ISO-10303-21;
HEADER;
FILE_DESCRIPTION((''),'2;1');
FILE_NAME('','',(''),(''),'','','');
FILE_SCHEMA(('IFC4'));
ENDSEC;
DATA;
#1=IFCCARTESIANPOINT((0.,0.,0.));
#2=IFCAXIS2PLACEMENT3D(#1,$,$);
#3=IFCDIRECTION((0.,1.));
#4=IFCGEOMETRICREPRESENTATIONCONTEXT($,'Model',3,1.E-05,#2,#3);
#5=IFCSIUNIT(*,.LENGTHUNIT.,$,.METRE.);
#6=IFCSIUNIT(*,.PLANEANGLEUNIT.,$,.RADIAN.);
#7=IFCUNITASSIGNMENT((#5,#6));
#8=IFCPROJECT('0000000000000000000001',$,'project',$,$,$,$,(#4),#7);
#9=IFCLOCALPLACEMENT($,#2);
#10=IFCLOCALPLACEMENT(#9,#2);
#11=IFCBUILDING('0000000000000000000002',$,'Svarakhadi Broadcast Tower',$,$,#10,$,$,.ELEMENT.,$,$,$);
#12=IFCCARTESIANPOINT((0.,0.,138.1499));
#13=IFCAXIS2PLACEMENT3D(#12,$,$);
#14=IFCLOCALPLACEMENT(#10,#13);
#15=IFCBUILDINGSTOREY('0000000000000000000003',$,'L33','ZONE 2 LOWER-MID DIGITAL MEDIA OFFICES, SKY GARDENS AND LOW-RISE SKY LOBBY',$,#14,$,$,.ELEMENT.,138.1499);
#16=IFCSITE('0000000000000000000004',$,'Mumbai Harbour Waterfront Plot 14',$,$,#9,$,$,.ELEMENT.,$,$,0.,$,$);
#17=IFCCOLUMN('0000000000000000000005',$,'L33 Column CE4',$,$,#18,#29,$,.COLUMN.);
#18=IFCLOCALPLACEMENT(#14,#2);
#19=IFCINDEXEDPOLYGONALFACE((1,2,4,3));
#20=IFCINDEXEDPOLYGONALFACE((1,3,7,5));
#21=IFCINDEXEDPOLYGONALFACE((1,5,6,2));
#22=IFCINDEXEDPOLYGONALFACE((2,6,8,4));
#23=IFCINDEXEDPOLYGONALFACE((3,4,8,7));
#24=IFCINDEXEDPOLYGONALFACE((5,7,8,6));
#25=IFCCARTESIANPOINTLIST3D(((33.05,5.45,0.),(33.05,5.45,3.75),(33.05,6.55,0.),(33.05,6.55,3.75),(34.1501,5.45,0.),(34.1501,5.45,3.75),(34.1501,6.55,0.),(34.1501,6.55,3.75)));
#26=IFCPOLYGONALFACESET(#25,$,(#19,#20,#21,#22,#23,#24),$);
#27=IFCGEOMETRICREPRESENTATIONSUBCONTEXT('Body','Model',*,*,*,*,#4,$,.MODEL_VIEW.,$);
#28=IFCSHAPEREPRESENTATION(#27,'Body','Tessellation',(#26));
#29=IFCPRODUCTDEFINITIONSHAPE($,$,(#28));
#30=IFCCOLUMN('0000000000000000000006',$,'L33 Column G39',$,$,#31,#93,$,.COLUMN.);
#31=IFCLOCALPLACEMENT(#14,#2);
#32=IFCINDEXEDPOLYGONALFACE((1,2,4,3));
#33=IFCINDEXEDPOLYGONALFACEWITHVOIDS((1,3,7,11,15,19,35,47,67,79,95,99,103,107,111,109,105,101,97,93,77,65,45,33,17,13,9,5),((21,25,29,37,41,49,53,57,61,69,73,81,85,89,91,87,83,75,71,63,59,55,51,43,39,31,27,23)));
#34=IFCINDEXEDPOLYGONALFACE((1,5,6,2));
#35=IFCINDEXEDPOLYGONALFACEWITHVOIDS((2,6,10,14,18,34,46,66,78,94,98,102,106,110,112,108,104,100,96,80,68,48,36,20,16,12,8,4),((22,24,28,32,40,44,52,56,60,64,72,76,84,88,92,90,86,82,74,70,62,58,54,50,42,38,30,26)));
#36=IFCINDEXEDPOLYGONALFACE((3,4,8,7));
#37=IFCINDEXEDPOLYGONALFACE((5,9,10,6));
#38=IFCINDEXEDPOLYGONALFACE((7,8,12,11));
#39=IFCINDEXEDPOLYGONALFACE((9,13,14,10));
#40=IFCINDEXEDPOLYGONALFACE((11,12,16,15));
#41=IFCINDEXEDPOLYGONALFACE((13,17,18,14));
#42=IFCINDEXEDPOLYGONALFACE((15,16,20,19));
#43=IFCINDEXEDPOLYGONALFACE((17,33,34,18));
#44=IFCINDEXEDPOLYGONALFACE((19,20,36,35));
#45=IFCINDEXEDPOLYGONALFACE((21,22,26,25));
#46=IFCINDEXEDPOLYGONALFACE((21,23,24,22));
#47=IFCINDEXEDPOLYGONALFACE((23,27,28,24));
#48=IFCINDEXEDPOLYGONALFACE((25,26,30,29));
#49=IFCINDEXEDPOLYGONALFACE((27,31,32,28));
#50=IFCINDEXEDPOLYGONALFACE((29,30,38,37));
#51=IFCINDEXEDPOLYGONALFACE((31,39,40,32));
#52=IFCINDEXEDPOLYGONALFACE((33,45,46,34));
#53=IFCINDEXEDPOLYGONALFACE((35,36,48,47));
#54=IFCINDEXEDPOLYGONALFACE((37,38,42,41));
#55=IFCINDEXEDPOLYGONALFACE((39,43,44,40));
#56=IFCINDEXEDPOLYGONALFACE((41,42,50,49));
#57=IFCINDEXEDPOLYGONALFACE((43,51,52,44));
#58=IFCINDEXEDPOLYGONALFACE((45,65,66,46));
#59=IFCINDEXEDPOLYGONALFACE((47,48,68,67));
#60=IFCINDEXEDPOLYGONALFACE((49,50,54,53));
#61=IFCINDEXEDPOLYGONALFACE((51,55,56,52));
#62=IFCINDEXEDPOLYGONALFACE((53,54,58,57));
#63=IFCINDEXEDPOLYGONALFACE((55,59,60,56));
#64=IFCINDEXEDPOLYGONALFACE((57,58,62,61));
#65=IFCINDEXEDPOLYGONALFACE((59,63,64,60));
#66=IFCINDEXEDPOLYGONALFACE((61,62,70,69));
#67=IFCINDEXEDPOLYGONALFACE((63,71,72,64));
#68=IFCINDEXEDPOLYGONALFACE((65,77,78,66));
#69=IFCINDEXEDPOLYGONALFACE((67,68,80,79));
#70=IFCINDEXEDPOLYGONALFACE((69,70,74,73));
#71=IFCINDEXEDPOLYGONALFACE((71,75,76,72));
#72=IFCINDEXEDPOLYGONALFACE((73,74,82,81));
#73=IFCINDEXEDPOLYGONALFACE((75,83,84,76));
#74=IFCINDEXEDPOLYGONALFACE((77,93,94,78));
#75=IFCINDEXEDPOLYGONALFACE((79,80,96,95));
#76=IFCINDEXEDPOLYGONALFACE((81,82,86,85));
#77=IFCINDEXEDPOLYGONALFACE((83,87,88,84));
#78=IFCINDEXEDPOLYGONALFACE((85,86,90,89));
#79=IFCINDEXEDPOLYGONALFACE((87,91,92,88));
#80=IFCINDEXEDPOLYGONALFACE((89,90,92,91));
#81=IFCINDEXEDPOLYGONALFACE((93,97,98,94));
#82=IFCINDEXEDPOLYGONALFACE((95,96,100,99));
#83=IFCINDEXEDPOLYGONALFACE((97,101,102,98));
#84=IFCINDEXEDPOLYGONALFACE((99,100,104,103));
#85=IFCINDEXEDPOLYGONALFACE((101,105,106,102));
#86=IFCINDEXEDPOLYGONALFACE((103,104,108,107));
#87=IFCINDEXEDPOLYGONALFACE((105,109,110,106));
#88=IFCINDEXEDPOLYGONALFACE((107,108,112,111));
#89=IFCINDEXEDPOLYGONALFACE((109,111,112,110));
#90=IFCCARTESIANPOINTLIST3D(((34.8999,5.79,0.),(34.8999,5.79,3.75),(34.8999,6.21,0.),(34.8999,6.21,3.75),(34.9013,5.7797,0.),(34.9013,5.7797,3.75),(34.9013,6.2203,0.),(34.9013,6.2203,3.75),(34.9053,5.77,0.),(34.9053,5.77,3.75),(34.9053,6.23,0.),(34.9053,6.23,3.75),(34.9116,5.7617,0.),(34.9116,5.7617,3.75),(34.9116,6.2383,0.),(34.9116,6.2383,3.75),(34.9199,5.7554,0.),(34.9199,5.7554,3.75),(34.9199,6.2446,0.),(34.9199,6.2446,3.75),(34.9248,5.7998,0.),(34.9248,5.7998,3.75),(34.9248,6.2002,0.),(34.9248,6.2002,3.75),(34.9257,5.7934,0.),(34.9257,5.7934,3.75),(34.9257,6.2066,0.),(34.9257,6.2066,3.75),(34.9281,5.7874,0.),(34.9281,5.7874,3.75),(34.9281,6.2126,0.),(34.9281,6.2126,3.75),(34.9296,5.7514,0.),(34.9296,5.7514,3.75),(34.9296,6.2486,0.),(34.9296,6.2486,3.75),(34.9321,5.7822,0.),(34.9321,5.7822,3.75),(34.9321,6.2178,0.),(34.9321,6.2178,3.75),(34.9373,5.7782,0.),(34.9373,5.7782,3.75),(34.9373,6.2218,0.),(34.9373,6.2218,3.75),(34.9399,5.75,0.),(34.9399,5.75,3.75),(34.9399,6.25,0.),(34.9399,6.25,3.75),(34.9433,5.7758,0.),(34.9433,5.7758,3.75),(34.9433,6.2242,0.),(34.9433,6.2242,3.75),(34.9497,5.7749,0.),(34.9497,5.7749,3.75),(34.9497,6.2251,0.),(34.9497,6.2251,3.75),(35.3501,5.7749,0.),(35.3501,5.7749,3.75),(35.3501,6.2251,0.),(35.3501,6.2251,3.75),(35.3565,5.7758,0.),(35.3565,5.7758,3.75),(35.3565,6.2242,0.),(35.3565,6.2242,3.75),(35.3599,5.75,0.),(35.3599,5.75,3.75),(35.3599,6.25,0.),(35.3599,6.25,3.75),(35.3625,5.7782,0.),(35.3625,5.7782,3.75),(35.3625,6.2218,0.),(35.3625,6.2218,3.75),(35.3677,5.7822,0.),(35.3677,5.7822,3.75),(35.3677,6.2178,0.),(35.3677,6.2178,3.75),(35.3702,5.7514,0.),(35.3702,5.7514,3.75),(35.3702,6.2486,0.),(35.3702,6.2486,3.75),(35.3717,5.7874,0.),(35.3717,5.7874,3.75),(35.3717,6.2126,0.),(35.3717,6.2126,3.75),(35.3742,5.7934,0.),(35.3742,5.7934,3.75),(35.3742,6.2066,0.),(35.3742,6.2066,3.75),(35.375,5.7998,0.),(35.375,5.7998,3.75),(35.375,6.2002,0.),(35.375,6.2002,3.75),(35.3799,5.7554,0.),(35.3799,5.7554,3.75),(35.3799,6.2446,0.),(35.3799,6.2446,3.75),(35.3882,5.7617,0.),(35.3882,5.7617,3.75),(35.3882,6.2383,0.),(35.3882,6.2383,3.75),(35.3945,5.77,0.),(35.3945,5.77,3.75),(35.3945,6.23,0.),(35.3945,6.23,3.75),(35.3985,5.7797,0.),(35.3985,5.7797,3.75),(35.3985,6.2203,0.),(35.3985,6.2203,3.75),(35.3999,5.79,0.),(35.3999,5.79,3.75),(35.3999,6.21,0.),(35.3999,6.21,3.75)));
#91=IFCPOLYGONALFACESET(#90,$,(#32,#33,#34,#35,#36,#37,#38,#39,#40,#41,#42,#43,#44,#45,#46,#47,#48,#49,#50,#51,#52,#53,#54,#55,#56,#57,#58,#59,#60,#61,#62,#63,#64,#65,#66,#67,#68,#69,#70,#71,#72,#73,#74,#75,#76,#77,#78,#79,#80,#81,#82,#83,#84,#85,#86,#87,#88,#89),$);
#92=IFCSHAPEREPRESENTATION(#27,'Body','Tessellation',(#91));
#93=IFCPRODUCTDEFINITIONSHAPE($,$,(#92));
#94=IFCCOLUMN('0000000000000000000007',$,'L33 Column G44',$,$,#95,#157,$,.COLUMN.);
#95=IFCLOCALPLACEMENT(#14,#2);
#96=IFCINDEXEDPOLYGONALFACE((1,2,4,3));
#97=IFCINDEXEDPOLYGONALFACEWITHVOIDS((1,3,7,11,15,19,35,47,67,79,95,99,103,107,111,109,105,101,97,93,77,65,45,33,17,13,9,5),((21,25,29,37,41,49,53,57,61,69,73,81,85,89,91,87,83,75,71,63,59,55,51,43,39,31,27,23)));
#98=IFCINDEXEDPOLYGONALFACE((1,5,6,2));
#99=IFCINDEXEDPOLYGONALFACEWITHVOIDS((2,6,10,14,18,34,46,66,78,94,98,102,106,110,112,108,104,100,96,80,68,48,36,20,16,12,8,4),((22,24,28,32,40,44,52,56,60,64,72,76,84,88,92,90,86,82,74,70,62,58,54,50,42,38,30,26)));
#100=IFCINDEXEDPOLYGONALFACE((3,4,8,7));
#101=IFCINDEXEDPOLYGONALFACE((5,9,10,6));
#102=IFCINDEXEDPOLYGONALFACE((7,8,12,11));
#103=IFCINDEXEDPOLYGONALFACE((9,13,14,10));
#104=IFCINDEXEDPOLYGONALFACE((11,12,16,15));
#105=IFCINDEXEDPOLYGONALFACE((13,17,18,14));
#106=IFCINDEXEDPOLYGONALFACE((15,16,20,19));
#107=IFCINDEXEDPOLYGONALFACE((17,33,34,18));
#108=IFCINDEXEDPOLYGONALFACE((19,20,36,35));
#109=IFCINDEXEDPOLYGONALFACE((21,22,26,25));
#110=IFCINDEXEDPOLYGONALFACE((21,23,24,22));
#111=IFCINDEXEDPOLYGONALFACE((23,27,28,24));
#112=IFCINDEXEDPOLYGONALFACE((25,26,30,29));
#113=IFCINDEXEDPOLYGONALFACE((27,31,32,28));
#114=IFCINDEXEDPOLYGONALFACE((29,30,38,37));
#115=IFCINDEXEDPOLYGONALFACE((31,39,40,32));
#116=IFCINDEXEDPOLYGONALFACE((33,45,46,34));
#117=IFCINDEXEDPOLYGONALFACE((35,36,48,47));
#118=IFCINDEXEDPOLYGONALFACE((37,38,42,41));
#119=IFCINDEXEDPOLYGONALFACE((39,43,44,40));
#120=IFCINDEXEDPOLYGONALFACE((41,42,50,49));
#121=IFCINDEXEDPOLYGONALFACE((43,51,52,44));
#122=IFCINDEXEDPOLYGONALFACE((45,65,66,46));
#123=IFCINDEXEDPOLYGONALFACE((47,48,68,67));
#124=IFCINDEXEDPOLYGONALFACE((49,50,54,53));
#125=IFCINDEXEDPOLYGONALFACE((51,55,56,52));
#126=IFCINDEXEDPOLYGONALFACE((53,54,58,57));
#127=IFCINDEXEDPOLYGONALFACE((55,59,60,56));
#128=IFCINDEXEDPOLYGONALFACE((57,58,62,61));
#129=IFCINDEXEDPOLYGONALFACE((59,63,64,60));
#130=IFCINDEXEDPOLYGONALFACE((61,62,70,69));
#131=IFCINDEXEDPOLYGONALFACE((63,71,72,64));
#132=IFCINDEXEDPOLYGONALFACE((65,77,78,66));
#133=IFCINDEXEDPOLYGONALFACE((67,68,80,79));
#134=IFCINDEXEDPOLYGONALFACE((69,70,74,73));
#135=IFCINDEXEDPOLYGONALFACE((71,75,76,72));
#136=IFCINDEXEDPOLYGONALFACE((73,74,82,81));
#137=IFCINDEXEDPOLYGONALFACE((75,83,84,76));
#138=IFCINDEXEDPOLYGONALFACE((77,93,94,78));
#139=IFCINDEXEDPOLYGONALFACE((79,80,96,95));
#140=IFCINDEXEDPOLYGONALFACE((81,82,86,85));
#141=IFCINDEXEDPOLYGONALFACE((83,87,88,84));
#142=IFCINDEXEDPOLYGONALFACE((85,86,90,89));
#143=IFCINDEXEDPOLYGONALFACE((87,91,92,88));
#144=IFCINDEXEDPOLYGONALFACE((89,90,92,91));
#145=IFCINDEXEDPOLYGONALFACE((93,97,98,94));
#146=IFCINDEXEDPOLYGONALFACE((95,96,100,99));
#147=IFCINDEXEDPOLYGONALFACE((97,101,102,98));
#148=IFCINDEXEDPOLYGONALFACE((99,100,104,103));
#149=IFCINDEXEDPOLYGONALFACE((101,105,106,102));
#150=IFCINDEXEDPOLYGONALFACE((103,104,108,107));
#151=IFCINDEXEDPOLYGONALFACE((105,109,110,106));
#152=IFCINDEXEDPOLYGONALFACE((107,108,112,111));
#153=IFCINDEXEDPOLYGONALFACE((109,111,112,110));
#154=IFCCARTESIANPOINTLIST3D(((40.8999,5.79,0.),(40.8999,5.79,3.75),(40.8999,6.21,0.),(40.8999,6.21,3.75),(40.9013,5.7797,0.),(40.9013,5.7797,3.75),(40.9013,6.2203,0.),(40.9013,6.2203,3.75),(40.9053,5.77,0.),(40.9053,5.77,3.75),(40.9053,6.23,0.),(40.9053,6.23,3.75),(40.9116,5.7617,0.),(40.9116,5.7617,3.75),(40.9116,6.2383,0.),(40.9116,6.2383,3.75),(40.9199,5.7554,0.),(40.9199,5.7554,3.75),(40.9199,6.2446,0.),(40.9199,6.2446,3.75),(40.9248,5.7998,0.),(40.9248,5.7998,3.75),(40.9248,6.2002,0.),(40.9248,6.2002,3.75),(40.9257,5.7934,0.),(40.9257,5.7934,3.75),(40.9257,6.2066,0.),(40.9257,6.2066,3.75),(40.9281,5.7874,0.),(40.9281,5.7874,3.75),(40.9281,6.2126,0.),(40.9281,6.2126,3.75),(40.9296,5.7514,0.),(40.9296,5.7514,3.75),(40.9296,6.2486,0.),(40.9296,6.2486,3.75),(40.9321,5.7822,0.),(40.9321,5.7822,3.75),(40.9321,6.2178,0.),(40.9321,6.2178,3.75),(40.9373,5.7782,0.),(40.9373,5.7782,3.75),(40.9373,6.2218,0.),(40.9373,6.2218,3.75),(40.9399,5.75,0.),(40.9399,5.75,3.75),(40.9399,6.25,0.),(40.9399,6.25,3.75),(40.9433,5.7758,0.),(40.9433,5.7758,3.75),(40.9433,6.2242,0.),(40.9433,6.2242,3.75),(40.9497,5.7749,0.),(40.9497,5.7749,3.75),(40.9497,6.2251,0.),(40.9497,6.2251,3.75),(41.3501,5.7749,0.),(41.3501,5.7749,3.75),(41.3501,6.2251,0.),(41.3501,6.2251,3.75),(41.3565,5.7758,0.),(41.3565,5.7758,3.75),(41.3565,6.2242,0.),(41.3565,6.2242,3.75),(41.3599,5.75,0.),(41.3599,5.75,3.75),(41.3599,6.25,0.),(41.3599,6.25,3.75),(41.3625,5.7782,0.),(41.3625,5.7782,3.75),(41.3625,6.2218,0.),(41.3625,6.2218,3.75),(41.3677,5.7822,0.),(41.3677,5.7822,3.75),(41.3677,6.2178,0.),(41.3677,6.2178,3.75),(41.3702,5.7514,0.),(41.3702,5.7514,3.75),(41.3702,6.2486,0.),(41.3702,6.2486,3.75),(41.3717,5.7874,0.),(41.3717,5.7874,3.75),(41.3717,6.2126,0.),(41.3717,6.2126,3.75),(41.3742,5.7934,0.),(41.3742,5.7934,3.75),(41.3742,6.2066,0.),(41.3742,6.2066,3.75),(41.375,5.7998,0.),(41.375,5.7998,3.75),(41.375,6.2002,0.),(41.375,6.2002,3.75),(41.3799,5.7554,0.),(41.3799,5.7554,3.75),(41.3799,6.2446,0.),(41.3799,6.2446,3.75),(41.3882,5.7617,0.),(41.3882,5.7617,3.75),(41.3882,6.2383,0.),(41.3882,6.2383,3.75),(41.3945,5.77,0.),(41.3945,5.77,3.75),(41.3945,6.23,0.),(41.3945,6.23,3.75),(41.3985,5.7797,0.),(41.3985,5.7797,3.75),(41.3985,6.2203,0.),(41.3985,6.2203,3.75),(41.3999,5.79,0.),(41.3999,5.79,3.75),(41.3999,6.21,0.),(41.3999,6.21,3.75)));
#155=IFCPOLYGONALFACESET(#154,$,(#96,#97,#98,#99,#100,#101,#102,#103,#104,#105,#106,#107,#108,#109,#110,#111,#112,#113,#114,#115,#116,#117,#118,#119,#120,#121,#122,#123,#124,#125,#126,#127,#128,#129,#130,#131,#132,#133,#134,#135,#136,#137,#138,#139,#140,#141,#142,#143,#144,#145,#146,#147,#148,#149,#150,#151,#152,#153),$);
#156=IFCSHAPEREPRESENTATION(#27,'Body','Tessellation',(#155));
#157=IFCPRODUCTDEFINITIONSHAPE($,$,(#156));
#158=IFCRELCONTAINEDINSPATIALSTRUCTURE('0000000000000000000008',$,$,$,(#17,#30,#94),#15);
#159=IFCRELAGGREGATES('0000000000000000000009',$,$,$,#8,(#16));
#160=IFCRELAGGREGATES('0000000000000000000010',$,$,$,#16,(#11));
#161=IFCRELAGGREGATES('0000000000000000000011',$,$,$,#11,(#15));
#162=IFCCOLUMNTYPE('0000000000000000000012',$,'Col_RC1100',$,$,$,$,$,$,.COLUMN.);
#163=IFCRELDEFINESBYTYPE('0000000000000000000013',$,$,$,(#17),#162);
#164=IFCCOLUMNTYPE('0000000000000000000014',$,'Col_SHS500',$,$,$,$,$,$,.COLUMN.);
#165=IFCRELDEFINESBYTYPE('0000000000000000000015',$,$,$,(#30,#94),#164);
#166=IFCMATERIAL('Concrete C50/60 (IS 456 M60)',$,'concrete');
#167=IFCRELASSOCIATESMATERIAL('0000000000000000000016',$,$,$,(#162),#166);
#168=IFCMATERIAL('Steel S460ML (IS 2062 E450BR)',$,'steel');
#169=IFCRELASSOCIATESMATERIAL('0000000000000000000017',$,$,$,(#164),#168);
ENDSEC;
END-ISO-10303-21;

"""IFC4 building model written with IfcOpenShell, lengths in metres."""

from ifc_helpers import new_model, si_unit, direction, frame, origin, origin_2d, place, context, subcontext, project, spatial, rectangle, hollow_rectangle, extrude, material, material_profile, profile_set, type_object, element, save


model = new_model("IFC4")

# Units and contexts
model_context = context("Model", 3, precision=1e-05, world=origin(), true_north=direction((0.0, 1.0)))
body_context = subcontext(model_context, "Body", "Model", "MODEL_VIEW")
ifc_project = project(units=[si_unit("LENGTHUNIT", "METRE"), si_unit("PLANEANGLEUNIT", "RADIAN")], contexts=[model_context])

# Site, building, storey
site_placement = place(None, origin())
site = spatial("IfcSite", under=ifc_project, at=site_placement, Name="Mumbai Harbour Waterfront Plot 14", CompositionType="ELEMENT", RefElevation=0.0)
building_placement = place(site_placement, origin())
building = spatial("IfcBuilding", under=site, at=building_placement, Name="Svarakhadi Broadcast Tower", CompositionType="ELEMENT")
storey_placement = place(building_placement, frame((0.0, 0.0, 138.1499)))
storey = spatial("IfcBuildingStorey", under=building, at=storey_placement, Name="L33", Description="ZONE 2 LOWER-MID DIGITAL MEDIA OFFICES, SKY GARDENS AND LOW-RISE SKY LOBBY", CompositionType="ELEMENT", Elevation=138.1499)

# Columns
ifc_material_1 = material(Name="Concrete C50/60 (IS 456 M60)", Category="concrete")
ifc_material_profile_1 = material_profile(ifc_material_1, rectangle(XDim=1.1001, YDim=1.1001, at=origin_2d()), Name="RC 1100x1100")
ifc_profile_set_1 = profile_set([ifc_material_profile_1], Name="Concrete C50/60 (IS 456 M60)")
column_type_1 = type_object("IfcColumnType", Name="Col_RC1100", PredefinedType="COLUMN", material=ifc_profile_set_1)
column_placement = place(storey_placement, frame((33.6001, 6.0, 0.0), z_axis=(0.0, 0.0, 1.0), x_axis=(1.0, 0.0, 0.0)))
element("IfcColumn", 1, at=column_placement, inside=storey, type_object=column_type_1, Name="L33 Column CE4", PredefinedType="COLUMN", context=body_context, shape_type="SweptSolid", body=[
    extrude(rectangle(XDim=1.1001, YDim=1.1001, at=origin_2d()), origin(), (0.0, 0.0, 1.0), 3.75),
])
ifc_material_2 = material(Name="Steel S460ML (IS 2062 E450BR)", Category="steel")
ifc_material_profile_2 = material_profile(ifc_material_2, hollow_rectangle(XDim=0.5, YDim=0.5, WallThickness=0.0249, InnerFilletRadius=0.0249, OuterFilletRadius=0.04, at=origin_2d()), Name="SHS 500x500x25")
ifc_profile_set_2 = profile_set([ifc_material_profile_2], Name="Steel S460ML (IS 2062 E450BR)")
column_type_2 = type_object("IfcColumnType", Name="Col_SHS500", PredefinedType="COLUMN", material=ifc_profile_set_2)
for number, where, z_axis, x_axis, name in (
    (2, (35.1499, 6.0, 0.0), (0.0, 0.0, 1.0), (1.0, 0.0, 0.0), "L33 Column G39"),
    (3, (41.1499, 6.0, 0.0), (0.0, 0.0, 1.0), (1.0, 0.0, 0.0), "L33 Column G44"),
):
    element("IfcColumn", number, at=place(storey_placement, frame(where, z_axis=z_axis, x_axis=x_axis)), inside=storey, type_object=column_type_2, Name=name, PredefinedType="COLUMN", context=body_context, shape_type="SweptSolid", body=[
        extrude(hollow_rectangle(XDim=0.5, YDim=0.5, WallThickness=0.0249, InnerFilletRadius=0.0249, OuterFilletRadius=0.04, at=origin_2d()), origin(), (0.0, 0.0, 1.0), 3.75),
    ])

save(model, "model.ifc")
